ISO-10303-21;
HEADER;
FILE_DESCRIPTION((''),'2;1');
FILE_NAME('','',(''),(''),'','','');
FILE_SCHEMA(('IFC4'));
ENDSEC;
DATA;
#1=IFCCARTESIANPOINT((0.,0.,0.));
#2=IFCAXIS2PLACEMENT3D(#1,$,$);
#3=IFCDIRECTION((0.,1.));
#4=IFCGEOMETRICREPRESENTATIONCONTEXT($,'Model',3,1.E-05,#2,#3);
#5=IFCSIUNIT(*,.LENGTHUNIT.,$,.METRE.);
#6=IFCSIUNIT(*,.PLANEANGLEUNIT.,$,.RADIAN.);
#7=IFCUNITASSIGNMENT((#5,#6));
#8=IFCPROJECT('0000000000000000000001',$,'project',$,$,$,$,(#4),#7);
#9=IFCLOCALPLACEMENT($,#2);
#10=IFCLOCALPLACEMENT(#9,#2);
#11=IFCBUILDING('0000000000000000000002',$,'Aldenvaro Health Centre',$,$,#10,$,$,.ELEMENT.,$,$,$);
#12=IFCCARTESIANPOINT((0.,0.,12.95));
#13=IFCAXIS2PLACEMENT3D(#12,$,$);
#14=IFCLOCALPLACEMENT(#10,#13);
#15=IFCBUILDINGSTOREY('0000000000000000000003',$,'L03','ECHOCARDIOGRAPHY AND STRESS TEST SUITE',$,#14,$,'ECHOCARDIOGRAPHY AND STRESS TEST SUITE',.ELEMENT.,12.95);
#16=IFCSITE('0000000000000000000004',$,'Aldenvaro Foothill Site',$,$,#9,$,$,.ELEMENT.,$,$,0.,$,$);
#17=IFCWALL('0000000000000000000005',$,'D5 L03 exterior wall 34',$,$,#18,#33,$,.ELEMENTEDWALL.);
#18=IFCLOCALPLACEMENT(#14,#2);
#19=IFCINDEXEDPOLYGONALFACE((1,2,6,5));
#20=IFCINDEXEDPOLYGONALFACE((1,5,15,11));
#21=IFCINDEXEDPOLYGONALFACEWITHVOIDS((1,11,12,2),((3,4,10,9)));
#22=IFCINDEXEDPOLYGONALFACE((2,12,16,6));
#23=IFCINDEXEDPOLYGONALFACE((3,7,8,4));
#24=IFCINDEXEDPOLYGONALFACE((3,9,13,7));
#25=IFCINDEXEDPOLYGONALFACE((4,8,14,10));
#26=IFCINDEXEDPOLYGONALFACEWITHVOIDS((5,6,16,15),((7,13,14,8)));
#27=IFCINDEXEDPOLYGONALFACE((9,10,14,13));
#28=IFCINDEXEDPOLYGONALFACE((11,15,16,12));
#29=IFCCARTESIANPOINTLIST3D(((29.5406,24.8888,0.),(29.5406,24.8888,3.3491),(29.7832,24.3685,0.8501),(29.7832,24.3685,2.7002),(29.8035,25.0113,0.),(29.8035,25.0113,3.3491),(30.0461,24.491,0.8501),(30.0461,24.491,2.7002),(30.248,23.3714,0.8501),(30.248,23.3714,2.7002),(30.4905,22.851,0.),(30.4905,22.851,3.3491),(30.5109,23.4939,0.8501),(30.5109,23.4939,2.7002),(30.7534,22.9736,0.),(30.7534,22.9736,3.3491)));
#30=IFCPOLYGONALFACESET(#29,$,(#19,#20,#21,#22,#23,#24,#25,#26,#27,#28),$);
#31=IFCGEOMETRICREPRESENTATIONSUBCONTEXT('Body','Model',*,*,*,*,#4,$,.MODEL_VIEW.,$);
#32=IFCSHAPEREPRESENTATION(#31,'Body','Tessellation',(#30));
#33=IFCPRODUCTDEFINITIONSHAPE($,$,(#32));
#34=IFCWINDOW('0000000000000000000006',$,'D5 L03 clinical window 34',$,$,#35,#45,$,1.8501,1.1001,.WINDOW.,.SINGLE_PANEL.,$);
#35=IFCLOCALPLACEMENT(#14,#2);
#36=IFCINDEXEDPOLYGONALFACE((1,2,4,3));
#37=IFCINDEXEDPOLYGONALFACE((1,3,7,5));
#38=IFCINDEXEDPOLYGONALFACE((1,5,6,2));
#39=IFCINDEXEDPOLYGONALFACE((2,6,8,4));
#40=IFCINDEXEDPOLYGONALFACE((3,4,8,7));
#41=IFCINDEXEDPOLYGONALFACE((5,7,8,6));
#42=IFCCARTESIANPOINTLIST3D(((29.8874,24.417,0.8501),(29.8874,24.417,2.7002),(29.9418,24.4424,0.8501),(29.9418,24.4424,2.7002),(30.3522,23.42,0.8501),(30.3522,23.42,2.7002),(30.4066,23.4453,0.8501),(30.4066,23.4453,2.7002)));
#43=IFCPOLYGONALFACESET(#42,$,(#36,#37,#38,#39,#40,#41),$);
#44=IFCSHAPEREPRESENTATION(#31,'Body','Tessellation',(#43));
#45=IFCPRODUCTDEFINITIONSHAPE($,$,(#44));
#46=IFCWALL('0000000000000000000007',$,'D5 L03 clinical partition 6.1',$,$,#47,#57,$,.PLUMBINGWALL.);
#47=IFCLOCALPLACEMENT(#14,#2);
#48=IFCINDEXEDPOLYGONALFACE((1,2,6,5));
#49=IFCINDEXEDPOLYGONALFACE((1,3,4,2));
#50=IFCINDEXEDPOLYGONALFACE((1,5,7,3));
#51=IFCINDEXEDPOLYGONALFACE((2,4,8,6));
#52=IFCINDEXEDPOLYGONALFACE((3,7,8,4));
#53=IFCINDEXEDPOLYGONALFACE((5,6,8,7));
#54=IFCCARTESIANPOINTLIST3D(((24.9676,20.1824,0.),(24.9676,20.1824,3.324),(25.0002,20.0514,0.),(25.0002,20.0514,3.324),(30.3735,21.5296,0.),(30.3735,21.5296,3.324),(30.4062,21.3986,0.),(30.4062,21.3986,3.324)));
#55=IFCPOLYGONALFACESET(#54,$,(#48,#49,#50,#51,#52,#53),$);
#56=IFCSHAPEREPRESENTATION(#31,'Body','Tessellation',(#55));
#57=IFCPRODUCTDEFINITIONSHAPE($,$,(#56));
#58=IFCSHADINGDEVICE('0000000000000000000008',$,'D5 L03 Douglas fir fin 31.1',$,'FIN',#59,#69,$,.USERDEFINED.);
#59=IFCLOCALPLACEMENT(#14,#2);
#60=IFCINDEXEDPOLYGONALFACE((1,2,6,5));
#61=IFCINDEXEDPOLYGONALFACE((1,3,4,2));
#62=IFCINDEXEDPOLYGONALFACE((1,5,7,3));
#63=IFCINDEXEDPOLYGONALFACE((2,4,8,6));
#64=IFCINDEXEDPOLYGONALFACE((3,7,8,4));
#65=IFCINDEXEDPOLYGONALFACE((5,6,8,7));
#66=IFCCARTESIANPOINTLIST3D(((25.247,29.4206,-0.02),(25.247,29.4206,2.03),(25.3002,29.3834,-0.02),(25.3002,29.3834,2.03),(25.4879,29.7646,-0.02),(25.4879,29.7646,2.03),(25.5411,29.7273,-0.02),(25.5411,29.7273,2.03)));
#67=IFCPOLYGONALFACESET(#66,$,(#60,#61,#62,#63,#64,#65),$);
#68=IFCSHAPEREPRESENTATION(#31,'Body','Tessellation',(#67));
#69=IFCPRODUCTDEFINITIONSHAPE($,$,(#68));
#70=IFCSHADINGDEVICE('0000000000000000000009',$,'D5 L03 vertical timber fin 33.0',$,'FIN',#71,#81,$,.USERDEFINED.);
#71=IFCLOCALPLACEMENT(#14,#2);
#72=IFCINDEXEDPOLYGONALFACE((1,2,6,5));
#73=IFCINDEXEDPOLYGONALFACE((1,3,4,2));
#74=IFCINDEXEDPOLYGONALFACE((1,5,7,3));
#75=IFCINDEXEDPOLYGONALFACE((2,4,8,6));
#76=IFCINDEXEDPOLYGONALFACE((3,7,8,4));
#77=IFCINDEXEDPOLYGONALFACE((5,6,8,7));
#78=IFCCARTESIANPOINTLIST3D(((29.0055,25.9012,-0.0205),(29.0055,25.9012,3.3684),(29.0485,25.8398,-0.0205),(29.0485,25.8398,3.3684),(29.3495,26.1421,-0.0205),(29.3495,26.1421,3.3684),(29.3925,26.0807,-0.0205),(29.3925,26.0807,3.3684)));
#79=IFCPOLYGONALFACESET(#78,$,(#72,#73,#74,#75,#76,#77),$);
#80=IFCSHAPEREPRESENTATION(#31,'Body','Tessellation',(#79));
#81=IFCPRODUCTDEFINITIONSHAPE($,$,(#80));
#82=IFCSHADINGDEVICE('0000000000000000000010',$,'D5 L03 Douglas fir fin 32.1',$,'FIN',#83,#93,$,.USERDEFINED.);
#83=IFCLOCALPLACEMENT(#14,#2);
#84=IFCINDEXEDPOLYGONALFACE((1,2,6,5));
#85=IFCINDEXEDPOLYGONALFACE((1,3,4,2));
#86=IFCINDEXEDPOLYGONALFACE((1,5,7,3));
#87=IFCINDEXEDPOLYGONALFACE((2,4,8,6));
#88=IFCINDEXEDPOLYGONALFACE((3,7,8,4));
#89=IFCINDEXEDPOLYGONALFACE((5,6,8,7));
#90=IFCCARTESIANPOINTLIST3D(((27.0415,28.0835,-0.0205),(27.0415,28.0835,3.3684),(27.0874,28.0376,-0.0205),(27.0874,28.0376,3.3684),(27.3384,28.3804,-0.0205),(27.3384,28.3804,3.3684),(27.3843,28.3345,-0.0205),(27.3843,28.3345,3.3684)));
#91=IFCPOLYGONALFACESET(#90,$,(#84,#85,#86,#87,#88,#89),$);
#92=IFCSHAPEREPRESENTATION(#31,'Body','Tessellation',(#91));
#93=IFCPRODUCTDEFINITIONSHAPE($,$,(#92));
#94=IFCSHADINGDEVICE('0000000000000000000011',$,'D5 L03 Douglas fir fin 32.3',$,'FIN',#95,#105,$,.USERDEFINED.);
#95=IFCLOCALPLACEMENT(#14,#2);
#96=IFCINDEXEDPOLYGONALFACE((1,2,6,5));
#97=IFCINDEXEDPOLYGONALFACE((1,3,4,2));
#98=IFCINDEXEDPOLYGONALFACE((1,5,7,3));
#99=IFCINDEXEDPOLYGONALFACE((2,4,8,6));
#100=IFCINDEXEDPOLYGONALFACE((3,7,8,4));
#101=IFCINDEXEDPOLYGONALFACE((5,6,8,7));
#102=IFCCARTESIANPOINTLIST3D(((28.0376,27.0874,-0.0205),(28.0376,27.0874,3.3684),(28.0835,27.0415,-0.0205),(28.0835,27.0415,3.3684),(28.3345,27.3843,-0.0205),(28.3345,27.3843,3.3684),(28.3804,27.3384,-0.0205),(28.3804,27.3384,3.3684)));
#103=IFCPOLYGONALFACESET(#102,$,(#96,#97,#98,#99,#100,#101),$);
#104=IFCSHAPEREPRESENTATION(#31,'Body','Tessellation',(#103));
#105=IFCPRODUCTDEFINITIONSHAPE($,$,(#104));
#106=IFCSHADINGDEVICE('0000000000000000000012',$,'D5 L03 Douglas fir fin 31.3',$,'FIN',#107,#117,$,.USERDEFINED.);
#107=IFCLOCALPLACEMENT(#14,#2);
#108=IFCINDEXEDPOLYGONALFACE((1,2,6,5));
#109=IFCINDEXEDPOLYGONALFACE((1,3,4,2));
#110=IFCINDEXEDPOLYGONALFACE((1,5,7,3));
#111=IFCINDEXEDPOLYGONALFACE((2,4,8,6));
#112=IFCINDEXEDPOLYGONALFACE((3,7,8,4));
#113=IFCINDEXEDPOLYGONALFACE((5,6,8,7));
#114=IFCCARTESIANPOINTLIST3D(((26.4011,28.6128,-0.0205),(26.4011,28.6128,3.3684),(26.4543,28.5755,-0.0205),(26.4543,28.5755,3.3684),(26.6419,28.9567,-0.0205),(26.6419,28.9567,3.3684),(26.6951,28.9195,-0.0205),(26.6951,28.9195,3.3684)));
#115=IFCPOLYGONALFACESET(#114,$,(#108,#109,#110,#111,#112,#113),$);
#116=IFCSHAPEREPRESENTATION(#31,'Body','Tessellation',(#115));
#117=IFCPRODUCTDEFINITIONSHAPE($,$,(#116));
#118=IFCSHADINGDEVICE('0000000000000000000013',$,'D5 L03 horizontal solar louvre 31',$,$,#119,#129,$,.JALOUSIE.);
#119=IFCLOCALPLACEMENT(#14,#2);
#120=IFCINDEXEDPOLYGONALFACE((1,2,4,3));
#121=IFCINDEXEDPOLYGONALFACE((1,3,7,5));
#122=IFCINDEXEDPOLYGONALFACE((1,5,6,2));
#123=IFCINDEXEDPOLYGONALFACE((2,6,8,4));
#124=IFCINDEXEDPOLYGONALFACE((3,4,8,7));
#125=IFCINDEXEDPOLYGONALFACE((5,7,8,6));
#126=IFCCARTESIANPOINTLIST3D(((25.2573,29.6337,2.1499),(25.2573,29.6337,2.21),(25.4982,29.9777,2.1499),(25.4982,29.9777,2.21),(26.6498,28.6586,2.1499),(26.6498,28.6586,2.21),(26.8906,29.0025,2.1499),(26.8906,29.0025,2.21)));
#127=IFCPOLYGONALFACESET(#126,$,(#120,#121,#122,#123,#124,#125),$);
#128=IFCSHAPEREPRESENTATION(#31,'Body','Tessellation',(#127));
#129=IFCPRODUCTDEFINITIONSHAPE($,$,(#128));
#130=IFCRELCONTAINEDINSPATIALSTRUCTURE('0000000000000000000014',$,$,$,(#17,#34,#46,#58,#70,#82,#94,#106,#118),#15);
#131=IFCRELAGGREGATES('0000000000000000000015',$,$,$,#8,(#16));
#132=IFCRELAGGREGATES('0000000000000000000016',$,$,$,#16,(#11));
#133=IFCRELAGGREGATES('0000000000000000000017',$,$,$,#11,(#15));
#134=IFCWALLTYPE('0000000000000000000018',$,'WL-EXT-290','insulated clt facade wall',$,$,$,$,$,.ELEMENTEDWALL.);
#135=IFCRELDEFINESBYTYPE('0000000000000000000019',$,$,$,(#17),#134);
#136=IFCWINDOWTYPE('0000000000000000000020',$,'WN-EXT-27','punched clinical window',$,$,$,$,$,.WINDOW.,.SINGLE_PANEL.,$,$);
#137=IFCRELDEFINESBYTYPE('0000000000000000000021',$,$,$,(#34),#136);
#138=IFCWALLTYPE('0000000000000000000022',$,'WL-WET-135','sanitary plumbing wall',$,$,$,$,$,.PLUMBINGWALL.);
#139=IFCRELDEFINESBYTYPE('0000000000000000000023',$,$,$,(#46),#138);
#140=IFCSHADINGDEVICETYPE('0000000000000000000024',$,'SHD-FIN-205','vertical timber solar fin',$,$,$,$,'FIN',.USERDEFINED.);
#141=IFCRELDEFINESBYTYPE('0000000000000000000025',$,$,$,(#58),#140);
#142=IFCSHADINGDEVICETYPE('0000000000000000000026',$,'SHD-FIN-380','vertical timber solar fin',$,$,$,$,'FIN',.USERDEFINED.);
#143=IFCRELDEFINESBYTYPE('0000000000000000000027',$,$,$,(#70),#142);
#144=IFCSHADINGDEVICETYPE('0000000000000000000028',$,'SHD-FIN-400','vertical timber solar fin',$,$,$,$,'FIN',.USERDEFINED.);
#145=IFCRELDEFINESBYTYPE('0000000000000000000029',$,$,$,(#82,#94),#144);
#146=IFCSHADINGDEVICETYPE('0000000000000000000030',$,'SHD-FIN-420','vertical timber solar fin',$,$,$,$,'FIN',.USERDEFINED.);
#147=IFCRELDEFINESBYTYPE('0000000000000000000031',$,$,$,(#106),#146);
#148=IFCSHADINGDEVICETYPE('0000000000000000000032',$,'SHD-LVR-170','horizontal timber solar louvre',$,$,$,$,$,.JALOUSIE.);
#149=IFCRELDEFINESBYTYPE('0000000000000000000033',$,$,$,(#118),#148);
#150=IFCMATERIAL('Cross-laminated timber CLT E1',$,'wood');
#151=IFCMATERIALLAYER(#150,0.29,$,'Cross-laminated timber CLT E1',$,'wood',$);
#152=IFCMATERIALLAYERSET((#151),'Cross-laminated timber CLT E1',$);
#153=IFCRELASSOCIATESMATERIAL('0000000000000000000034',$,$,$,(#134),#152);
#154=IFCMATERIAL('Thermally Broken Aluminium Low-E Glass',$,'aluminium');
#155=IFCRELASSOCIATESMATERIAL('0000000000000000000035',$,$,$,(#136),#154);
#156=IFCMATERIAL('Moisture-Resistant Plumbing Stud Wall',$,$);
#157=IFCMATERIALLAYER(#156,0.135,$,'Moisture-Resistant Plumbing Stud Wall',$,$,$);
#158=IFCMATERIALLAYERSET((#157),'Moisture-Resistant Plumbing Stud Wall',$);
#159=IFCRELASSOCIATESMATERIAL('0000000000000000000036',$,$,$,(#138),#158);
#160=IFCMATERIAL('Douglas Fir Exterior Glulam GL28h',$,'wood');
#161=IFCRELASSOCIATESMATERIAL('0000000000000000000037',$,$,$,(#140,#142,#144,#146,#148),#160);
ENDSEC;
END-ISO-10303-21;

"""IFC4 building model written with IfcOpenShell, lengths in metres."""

from ifc_helpers import new_model, si_unit, direction, frame, frame_2d, origin, origin_2d, place, context, subcontext, project, spatial, rectangle, extrude, material, layer, layer_set, type_object, element, fill, save


model = new_model("IFC4")

# Units and contexts
model_context = context("Model", 3, precision=1e-05, world=origin(), true_north=direction((0.0, 1.0)))
body_context = subcontext(model_context, "Body", "Model", "MODEL_VIEW")
ifc_project = project(units=[si_unit("LENGTHUNIT", "METRE"), si_unit("PLANEANGLEUNIT", "RADIAN")], contexts=[model_context])

# Site, building, storey
site_placement = place(None, origin())
site = spatial("IfcSite", under=ifc_project, at=site_placement, Name="Aldenvaro Foothill Site", CompositionType="ELEMENT", RefElevation=0.0)
building_placement = place(site_placement, origin())
building = spatial("IfcBuilding", under=site, at=building_placement, Name="Aldenvaro Health Centre", CompositionType="ELEMENT")
storey_placement = place(building_placement, frame((0.0, 0.0, 12.95)))
storey = spatial("IfcBuildingStorey", under=building, at=storey_placement, Name="L03", Description="ECHOCARDIOGRAPHY AND STRESS TEST SUITE", LongName="ECHOCARDIOGRAPHY AND STRESS TEST SUITE", CompositionType="ELEMENT", Elevation=12.95)

# Wall, opening, window
ifc_material_1 = material(Name="Cross-laminated timber CLT E1", Category="wood")
ifc_layer_1 = layer(ifc_material_1, 0.29, Name="Cross-laminated timber CLT E1", Category="wood")
ifc_layer_set_1 = layer_set([ifc_layer_1], Name="Cross-laminated timber CLT E1")
wall_type_1 = type_object("IfcWallType", Name="WL-EXT-290", Description="insulated clt facade wall", PredefinedType="ELEMENTEDWALL", material=ifc_layer_set_1)
ifc_material_2 = material(Name="Thermally Broken Aluminium Low-E Glass", Category="aluminium")
wall_1_placement = place(storey_placement, frame((29.6721, 24.95, 0.0), z_axis=(0.0, 0.0, 1.0), x_axis=(0.422505, -0.906361, 0.0)))
wall_1 = element("IfcWall", 1, at=wall_1_placement, inside=storey, type_object=wall_type_1, Name="D5 L03 exterior wall 34", PredefinedType="ELEMENTEDWALL", context=body_context, shape_type="SweptSolid", body=[
    extrude(rectangle(XDim=2.2483, YDim=0.29, at=frame_2d((1.124, 0.0))), origin(), (0.0, 0.0, 1.0), 3.3491),
])
opening_1_placement = place(wall_1_placement, frame((0.574, 0.0, 0.8501)))
opening_1 = element("IfcOpeningElement", 2, at=opening_1_placement, cuts=wall_1, PredefinedType="OPENING", context=body_context, shape_type="SweptSolid", body=[
    extrude(rectangle(XDim=1.1001, YDim=1.8501, at=frame_2d((0.55, 0.925))), frame((0.0, 0.155, 0.0), z_axis=(0.0, -1.0, 0.0), x_axis=(1.0, 0.0, 0.0)), (0.0, 0.0, 1.0), 0.3101),
])
window_type_1 = type_object("IfcWindowType", Name="WN-EXT-27", Description="punched clinical window", PartitioningType="SINGLE_PANEL", PredefinedType="WINDOW", material=ifc_material_2)
window_1_placement = place(opening_1_placement, origin())
window_1 = element("IfcWindow", 3, at=window_1_placement, inside=storey, type_object=window_type_1, Name="D5 L03 clinical window 34", OverallHeight=1.8501, OverallWidth=1.1001, PartitioningType="SINGLE_PANEL", PredefinedType="WINDOW", context=body_context, shape_type="SweptSolid", body=[
    extrude(rectangle(XDim=1.1001, YDim=1.8501, at=frame_2d((0.55, 0.925))), frame((0.0, 0.03, 0.0), z_axis=(0.0, -1.0, 0.0), x_axis=(1.0, 0.0, 0.0)), (0.0, 0.0, 1.0), 0.0601),
])
fill(opening_1, window_1)

# Wall
ifc_material_3 = material(Name="Moisture-Resistant Plumbing Stud Wall")
ifc_layer_2 = layer(ifc_material_3, 0.135, Name="Moisture-Resistant Plumbing Stud Wall")
ifc_layer_set_2 = layer_set([ifc_layer_2], Name="Moisture-Resistant Plumbing Stud Wall")
wall_type_2 = type_object("IfcWallType", Name="WL-WET-135", Description="sanitary plumbing wall", PredefinedType="PLUMBINGWALL", material=ifc_layer_set_2)
wall_2_placement = place(storey_placement, frame((24.9839, 20.1169, 0.0), z_axis=(0.0, 0.0, 1.0), x_axis=(0.970325, 0.241803, 0.0)))
element("IfcWall", 4, at=wall_2_placement, inside=storey, type_object=wall_type_2, Name="D5 L03 clinical partition 6.1", PredefinedType="PLUMBINGWALL", context=body_context, shape_type="SweptSolid", body=[
    extrude(rectangle(XDim=5.5713, YDim=0.135, at=frame_2d((2.7856, 0.0))), origin(), (0.0, 0.0, 1.0), 3.324),
])

# Shading devices
ifc_material_4 = material(Name="Douglas Fir Exterior Glulam GL28h", Category="wood")
shading_device_type_1 = type_object("IfcShadingDeviceType", Name="SHD-FIN-205", Description="vertical timber solar fin", ElementType="FIN", PredefinedType="USERDEFINED", material=ifc_material_4)
shading_device_1_placement = place(storey_placement, frame((25.394, 29.574, -0.02), z_axis=(0.0, 0.0, 1.0), x_axis=(0.819107, -0.573641, 0.0)))
element("IfcShadingDevice", 5, at=shading_device_1_placement, inside=storey, type_object=shading_device_type_1, Name="D5 L03 Douglas fir fin 31.1", ObjectType="FIN", PredefinedType="USERDEFINED", context=body_context, shape_type="SweptSolid", body=[
    extrude(rectangle(XDim=0.0649, YDim=0.4199, at=origin_2d()), origin(), (0.0, 0.0, 1.0), 2.05),
])
shading_device_type_2 = type_object("IfcShadingDeviceType", Name="SHD-FIN-380", Description="vertical timber solar fin", ElementType="FIN", PredefinedType="USERDEFINED", material=ifc_material_4)
shading_device_2_placement = place(storey_placement, frame((29.199, 25.991, -0.0205), z_axis=(0.0, 0.0, 1.0), x_axis=(0.573641, -0.819107, 0.0)))
element("IfcShadingDevice", 6, at=shading_device_2_placement, inside=storey, type_object=shading_device_type_2, Name="D5 L03 vertical timber fin 33.0", ObjectType="FIN", PredefinedType="USERDEFINED", context=body_context, shape_type="SweptSolid", body=[
    extrude(rectangle(XDim=0.075, YDim=0.4199, at=origin_2d()), origin(), (0.0, 0.0, 1.0), 3.3889),
])
shading_device_type_3 = type_object("IfcShadingDeviceType", Name="SHD-FIN-400", Description="vertical timber solar fin", ElementType="FIN", PredefinedType="USERDEFINED", material=ifc_material_4)
for number, where, z_axis, x_axis, name in (
    (7, (27.2129, 28.209, -0.0205), (0.0, 0.0, 1.0), (0.707107, -0.707107, 0.0), "D5 L03 Douglas fir fin 32.1"),
    (8, (28.209, 27.2129, -0.0205), (0.0, 0.0, 1.0), (0.707107, -0.707107, 0.0), "D5 L03 Douglas fir fin 32.3"),
):
    element("IfcShadingDevice", number, at=place(storey_placement, frame(where, z_axis=z_axis, x_axis=x_axis)), inside=storey, type_object=shading_device_type_3, Name=name, ObjectType="FIN", PredefinedType="USERDEFINED", context=body_context, shape_type="SweptSolid", body=[
        extrude(rectangle(XDim=0.0649, YDim=0.4199, at=origin_2d()), origin(), (0.0, 0.0, 1.0), 3.3889),
    ])
shading_device_type_4 = type_object("IfcShadingDeviceType", Name="SHD-FIN-420", Description="vertical timber solar fin", ElementType="FIN", PredefinedType="USERDEFINED", material=ifc_material_4)
shading_device_3_placement = place(storey_placement, frame((26.5481, 28.7661, -0.0205), z_axis=(0.0, 0.0, 1.0), x_axis=(0.819107, -0.573641, 0.0)))
element("IfcShadingDevice", 9, at=shading_device_3_placement, inside=storey, type_object=shading_device_type_4, Name="D5 L03 Douglas fir fin 31.3", ObjectType="FIN", PredefinedType="USERDEFINED", context=body_context, shape_type="SweptSolid", body=[
    extrude(rectangle(XDim=0.0649, YDim=0.4199, at=origin_2d()), origin(), (0.0, 0.0, 1.0), 3.3889),
])
shading_device_type_5 = type_object("IfcShadingDeviceType", Name="SHD-LVR-170", Description="horizontal timber solar louvre", PredefinedType="JALOUSIE", material=ifc_material_4)
shading_device_4_placement = place(storey_placement, frame((26.074, 29.3181, 2.1499), z_axis=(0.0, 0.0, 1.0), x_axis=(0.819107, -0.573641, 0.0)))
element("IfcShadingDevice", 10, at=shading_device_4_placement, inside=storey, type_object=shading_device_type_5, Name="D5 L03 horizontal solar louvre 31", PredefinedType="JALOUSIE", context=body_context, shape_type="SweptSolid", body=[
    extrude(rectangle(XDim=1.7, YDim=0.4199, at=origin_2d()), origin(), (0.0, 0.0, 1.0), 0.0601),
])

save(model, "model.ifc")
